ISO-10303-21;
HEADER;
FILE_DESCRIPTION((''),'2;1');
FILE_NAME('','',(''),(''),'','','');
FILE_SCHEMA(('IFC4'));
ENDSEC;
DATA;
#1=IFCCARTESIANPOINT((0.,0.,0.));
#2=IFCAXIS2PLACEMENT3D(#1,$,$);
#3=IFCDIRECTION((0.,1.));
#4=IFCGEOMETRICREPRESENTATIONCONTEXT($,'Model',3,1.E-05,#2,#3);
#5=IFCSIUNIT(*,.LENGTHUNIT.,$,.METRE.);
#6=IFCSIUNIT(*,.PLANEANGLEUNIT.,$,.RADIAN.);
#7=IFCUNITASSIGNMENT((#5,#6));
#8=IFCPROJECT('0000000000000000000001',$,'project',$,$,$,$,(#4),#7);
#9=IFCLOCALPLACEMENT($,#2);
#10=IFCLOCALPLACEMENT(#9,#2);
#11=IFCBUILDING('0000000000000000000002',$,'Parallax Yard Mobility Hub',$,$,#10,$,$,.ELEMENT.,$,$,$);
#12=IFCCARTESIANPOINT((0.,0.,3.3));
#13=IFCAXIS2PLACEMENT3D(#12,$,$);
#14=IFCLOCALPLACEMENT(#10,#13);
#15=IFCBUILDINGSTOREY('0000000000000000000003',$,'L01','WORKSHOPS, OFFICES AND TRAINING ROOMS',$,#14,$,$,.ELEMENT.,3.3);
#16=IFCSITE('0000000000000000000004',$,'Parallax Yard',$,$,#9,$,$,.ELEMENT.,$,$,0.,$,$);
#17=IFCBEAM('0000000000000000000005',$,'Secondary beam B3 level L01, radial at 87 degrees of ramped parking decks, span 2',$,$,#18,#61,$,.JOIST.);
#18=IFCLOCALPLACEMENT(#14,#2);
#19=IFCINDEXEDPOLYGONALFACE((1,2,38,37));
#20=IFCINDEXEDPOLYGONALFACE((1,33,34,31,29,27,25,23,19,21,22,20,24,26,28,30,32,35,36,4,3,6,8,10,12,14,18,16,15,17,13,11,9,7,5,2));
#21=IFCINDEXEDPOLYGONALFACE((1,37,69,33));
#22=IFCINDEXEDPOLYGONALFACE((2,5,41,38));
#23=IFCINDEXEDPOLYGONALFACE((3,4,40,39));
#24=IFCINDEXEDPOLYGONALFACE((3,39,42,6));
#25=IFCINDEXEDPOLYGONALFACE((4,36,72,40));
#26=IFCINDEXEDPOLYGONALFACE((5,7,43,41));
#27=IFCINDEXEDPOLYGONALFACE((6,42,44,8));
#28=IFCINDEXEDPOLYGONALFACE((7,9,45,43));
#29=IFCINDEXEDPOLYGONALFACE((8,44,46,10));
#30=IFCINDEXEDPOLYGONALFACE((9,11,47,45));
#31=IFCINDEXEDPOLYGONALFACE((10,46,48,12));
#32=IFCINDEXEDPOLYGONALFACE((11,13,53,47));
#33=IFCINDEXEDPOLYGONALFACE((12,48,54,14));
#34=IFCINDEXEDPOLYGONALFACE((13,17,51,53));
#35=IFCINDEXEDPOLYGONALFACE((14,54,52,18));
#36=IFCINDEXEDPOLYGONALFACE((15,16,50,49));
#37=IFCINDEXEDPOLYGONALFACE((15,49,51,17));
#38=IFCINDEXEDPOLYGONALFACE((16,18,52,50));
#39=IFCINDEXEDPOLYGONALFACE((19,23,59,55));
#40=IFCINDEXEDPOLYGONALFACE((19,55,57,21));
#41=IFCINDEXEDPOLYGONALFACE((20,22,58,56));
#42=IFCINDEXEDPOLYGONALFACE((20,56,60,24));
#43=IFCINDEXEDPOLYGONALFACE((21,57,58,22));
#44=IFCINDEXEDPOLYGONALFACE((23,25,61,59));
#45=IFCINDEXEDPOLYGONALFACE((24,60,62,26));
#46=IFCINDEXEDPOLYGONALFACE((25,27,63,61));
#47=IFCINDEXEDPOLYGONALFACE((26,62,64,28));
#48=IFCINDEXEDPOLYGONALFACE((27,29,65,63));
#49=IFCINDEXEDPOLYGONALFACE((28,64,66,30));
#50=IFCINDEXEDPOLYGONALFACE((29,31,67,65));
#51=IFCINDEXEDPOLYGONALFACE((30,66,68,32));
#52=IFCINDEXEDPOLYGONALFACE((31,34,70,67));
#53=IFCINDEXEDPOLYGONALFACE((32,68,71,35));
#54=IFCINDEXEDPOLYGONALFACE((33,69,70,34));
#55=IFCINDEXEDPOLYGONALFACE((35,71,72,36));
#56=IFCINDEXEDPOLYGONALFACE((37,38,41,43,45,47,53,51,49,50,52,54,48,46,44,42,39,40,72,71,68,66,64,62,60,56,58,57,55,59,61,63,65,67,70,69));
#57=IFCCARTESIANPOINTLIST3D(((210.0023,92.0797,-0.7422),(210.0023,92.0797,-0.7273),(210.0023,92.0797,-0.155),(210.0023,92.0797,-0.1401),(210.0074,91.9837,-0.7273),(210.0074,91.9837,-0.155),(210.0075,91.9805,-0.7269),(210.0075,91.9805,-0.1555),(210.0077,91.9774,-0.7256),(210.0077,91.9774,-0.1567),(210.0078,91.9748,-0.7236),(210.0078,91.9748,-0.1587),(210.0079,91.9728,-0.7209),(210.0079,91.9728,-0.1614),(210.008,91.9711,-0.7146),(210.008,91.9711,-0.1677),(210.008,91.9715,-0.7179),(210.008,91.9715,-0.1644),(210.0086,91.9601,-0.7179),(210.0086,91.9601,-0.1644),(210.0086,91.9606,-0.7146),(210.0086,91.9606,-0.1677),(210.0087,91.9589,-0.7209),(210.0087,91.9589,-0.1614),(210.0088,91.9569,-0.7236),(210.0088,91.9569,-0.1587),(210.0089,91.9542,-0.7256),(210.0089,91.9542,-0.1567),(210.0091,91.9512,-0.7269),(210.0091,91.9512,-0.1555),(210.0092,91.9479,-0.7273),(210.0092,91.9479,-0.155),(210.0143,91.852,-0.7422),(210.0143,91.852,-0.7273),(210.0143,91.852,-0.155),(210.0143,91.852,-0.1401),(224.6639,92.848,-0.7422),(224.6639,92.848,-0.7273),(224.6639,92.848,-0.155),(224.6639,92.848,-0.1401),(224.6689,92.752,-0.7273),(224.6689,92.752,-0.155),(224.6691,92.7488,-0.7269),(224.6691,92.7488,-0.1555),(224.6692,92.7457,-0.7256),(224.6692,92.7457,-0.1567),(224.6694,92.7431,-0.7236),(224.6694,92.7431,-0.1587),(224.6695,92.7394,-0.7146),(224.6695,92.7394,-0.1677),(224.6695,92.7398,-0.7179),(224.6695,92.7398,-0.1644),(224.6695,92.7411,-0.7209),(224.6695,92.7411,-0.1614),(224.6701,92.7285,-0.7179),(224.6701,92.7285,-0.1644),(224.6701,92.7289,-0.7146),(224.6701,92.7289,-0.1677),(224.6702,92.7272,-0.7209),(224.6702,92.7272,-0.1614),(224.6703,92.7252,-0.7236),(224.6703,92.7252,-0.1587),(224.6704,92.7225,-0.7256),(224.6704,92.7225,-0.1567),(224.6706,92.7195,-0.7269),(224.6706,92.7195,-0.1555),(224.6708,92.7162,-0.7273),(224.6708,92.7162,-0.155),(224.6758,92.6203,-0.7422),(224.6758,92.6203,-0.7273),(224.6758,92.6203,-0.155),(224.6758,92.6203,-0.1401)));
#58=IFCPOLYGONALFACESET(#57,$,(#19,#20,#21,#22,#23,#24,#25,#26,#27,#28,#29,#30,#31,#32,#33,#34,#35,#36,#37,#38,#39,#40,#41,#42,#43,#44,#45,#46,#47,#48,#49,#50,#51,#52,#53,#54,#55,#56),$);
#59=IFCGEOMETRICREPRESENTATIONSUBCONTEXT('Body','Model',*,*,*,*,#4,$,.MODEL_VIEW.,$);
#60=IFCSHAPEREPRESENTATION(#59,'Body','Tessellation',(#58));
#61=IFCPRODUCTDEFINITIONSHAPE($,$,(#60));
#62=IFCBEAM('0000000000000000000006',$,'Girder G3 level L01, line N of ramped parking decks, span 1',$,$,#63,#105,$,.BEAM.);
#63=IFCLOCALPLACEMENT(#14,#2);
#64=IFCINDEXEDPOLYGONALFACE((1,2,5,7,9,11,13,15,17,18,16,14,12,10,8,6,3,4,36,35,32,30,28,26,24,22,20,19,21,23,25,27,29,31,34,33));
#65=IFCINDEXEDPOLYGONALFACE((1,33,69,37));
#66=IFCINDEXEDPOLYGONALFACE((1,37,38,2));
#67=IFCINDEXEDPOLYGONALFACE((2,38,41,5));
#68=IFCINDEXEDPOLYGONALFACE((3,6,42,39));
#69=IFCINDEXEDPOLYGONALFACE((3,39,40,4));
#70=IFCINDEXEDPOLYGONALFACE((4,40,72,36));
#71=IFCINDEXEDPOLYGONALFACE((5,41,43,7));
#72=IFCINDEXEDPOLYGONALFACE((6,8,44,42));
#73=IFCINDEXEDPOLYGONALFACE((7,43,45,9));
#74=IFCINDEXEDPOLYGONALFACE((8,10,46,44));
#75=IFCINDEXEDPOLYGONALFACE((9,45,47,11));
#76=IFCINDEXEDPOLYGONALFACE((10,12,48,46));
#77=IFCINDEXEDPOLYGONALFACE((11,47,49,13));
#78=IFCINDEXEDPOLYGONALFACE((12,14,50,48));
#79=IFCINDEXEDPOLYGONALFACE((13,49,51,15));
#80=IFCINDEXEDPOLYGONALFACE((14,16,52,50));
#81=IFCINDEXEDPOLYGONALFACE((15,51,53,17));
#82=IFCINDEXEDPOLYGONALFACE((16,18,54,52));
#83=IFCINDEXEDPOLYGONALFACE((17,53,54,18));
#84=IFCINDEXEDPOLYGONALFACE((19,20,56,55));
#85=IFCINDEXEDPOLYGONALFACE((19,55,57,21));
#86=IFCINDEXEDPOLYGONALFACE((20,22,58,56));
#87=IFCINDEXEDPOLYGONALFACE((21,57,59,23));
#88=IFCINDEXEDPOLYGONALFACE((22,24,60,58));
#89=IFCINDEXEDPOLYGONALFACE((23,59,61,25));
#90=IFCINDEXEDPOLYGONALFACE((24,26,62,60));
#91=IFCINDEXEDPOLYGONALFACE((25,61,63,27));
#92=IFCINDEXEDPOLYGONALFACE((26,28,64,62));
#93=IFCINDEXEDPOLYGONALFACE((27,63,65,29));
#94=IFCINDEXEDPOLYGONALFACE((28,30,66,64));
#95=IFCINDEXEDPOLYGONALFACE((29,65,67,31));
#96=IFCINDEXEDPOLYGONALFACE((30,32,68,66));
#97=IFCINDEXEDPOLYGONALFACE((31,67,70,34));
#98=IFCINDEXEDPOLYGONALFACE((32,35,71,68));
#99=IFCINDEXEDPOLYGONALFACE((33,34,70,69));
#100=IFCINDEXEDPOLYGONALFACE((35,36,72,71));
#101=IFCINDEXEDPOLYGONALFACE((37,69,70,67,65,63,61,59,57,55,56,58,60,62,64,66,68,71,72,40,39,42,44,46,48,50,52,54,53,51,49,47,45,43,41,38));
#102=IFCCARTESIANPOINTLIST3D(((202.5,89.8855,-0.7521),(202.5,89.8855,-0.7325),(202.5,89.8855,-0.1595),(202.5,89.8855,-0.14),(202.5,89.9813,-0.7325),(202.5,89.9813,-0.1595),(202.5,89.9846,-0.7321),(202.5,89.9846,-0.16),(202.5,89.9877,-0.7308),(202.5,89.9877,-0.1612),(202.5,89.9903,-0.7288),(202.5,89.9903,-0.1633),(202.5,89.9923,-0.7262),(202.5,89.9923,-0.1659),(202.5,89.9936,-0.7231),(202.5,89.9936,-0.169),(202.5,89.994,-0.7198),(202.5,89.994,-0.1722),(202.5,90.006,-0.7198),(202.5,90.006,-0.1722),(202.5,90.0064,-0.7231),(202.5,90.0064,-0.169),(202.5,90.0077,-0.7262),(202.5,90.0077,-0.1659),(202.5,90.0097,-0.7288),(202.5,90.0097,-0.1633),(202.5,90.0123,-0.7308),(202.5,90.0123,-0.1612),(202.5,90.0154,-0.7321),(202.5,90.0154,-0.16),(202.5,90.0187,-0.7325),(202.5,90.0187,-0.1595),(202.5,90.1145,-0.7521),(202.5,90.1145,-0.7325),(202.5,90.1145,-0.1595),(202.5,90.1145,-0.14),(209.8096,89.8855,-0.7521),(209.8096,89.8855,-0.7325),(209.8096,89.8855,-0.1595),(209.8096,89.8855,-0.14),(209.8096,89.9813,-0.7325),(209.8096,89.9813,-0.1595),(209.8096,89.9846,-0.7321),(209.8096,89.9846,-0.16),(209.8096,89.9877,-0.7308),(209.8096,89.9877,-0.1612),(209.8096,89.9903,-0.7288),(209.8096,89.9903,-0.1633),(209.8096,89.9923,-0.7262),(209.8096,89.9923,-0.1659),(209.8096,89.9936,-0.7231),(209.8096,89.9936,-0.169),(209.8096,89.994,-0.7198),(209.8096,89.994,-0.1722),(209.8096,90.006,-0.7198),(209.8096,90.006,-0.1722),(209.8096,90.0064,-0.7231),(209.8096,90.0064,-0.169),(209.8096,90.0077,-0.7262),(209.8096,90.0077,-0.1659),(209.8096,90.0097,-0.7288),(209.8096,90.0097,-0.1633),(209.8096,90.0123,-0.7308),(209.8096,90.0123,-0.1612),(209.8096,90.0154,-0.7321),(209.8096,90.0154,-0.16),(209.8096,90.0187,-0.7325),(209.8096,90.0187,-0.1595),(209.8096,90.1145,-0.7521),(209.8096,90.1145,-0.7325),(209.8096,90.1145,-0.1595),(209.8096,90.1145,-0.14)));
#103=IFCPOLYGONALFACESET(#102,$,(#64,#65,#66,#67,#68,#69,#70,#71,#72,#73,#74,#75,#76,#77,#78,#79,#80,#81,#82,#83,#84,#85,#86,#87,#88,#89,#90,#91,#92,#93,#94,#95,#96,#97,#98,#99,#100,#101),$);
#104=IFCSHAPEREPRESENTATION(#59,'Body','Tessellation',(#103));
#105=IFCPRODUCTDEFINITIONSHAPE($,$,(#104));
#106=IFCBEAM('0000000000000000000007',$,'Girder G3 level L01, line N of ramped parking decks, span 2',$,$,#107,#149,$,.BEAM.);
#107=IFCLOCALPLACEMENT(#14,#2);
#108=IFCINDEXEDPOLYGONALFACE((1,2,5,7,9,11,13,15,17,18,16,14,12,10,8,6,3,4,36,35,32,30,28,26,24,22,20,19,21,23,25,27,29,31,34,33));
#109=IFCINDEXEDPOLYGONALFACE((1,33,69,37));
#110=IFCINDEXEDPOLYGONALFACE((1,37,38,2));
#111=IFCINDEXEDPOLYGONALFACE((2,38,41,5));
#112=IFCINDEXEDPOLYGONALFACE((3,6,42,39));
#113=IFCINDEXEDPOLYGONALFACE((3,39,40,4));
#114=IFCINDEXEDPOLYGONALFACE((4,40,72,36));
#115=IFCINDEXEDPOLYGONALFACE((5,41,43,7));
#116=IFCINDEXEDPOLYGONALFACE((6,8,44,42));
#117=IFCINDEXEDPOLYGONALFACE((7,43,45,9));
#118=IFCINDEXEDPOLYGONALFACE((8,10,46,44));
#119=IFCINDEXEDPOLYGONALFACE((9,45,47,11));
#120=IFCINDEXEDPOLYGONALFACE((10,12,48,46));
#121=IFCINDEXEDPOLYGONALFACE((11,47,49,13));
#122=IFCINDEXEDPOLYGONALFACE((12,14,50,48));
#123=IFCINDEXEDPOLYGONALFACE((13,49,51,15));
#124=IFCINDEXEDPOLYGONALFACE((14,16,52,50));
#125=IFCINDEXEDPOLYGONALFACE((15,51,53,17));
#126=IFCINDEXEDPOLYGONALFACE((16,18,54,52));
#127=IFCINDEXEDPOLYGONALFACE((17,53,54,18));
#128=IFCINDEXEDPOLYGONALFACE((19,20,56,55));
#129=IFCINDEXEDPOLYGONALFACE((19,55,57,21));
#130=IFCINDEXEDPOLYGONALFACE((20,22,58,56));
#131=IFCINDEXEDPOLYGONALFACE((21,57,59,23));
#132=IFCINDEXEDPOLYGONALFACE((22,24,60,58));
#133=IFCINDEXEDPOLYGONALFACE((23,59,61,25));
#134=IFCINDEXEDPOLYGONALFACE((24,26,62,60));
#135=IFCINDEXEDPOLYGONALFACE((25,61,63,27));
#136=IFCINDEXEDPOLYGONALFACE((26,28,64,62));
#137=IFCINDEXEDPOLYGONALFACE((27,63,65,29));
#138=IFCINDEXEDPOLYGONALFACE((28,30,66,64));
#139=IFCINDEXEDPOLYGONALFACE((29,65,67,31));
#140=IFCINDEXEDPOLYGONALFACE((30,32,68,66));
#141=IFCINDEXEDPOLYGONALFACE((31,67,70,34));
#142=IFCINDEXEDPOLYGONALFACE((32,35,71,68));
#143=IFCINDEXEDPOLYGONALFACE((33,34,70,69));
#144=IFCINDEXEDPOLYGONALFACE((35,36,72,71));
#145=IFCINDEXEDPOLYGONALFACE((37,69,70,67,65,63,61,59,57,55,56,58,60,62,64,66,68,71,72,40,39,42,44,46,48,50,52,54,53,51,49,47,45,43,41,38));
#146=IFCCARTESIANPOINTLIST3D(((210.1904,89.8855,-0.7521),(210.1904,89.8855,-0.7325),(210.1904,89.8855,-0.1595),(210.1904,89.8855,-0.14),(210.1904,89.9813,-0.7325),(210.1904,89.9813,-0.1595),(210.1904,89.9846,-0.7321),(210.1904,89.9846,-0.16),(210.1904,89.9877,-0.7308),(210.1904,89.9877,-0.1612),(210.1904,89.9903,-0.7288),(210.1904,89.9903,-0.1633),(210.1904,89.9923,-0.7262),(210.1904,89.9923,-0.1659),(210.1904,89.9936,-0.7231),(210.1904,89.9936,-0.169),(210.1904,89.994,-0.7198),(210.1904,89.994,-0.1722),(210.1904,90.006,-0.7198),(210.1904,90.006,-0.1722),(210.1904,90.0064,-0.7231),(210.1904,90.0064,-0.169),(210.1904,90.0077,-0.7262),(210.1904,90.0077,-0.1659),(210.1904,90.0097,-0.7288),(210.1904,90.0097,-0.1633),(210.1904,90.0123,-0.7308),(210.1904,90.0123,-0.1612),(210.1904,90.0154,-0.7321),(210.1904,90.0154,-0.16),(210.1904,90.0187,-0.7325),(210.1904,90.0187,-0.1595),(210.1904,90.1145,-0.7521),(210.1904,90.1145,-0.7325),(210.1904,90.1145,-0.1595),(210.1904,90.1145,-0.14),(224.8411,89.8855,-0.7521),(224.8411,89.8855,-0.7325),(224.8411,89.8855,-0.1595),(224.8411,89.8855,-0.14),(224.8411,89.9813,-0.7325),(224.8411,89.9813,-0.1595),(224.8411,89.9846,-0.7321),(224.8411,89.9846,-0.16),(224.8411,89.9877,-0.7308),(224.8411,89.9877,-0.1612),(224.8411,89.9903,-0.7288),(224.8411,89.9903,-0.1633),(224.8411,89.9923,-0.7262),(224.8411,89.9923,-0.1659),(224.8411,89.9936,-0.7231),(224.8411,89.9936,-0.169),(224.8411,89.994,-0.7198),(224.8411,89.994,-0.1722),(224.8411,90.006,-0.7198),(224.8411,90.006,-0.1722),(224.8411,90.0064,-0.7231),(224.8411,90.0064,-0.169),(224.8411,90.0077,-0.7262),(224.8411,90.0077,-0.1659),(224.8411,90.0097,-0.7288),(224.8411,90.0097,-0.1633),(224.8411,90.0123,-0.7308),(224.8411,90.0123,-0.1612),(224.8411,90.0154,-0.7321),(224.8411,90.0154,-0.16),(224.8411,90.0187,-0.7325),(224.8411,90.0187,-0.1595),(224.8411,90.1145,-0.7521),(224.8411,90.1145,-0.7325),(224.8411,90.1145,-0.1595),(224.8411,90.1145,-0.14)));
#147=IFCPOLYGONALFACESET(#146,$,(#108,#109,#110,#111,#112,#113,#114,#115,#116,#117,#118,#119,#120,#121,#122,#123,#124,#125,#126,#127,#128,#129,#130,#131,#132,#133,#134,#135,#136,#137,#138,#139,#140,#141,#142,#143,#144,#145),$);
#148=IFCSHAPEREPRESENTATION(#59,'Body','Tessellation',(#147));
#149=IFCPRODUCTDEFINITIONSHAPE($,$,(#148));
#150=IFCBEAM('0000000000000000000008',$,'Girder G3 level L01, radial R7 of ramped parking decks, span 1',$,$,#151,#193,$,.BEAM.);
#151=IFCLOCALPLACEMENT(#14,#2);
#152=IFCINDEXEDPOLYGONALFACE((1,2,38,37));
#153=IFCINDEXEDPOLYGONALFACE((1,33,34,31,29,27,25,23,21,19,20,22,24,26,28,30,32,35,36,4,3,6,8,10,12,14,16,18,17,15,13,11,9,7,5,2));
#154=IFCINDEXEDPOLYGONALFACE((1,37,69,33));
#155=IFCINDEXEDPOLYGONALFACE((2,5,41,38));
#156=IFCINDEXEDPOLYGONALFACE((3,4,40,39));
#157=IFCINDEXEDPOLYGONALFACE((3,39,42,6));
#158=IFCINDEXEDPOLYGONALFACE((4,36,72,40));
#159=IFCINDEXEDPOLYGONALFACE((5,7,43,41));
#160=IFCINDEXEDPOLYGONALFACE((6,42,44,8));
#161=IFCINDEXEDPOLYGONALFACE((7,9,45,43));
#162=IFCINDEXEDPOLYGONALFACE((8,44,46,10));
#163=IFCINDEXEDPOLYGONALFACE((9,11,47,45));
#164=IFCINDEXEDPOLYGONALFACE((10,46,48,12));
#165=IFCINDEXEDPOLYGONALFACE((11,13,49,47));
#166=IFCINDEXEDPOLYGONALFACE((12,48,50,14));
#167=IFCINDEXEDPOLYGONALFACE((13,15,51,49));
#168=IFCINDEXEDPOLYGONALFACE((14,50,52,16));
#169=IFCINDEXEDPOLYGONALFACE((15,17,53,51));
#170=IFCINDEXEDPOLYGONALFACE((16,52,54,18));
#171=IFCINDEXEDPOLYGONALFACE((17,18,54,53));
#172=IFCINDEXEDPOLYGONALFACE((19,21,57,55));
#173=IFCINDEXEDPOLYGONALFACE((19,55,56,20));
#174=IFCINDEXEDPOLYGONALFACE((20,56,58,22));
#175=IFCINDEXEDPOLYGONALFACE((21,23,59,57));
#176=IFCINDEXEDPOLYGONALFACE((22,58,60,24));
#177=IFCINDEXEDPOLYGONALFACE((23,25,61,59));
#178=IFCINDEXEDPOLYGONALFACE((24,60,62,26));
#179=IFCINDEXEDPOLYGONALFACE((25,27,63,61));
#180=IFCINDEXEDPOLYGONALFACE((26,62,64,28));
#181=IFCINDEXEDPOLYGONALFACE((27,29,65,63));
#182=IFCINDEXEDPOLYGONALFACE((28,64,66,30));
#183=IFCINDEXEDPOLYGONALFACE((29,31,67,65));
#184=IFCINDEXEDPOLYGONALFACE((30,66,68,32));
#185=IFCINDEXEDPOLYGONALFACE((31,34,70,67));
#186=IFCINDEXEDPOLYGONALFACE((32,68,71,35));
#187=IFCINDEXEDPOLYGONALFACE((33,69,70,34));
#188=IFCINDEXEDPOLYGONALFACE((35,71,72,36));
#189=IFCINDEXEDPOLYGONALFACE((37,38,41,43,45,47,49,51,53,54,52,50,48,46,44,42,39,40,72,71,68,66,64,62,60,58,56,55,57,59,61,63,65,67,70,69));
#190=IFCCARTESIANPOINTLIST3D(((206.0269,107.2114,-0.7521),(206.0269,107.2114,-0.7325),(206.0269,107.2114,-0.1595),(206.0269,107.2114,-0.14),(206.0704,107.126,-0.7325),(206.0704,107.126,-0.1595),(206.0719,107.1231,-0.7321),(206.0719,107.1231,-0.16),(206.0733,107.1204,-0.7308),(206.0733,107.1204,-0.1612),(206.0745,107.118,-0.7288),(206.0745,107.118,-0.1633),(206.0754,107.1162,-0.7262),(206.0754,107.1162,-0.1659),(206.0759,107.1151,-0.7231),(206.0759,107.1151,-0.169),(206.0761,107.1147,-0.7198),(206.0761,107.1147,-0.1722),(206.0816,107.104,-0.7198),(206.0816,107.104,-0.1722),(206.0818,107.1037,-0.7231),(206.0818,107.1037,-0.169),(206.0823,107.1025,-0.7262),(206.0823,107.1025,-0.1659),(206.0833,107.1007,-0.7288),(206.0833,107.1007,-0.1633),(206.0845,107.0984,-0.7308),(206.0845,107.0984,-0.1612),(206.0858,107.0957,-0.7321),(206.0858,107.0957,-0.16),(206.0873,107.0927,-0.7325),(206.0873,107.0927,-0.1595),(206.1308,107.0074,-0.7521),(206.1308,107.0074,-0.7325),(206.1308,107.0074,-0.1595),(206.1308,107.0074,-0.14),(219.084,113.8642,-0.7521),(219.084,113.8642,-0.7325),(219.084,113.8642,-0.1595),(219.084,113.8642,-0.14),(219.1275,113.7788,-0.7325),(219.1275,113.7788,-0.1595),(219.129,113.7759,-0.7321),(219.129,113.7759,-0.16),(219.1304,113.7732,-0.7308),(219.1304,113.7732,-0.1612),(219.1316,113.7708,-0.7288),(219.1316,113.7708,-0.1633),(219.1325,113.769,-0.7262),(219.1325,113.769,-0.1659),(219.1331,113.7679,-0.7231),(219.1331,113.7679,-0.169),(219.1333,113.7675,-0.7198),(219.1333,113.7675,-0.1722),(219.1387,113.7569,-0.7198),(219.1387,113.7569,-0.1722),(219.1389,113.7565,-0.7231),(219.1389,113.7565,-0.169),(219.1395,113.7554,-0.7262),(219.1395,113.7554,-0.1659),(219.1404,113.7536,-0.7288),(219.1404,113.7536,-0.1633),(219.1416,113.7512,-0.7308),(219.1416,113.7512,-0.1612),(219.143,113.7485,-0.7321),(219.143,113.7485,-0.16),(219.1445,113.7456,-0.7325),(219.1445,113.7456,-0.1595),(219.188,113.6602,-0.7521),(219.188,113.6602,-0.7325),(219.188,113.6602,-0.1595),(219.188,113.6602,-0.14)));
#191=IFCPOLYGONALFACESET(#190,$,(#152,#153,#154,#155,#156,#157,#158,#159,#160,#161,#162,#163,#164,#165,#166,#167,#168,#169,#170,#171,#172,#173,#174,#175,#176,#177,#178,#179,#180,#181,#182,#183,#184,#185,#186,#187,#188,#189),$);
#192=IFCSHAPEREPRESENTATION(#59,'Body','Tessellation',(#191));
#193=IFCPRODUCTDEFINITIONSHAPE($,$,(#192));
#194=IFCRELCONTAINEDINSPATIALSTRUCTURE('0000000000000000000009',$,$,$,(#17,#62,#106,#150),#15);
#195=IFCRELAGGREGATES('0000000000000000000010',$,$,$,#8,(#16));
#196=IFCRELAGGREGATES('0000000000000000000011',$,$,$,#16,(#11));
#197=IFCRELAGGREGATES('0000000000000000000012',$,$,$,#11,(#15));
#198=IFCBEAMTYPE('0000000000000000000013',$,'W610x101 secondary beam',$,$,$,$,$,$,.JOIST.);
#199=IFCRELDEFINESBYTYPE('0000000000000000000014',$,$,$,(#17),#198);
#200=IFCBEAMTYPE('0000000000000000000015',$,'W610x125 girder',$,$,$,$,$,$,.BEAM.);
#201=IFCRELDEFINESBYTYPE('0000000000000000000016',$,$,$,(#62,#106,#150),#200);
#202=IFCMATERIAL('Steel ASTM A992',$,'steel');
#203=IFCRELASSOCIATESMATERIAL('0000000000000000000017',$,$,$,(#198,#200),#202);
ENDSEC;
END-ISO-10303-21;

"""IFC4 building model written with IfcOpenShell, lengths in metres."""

from ifc_helpers import new_model, si_unit, direction, frame, origin, origin_2d, place, context, subcontext, project, spatial, i_section, extrude, material, material_profile, profile_set, type_object, element, save


model = new_model("IFC4")

# Units and contexts
model_context = context("Model", 3, precision=1e-05, world=origin(), true_north=direction((0.0, 1.0)))
body_context = subcontext(model_context, "Body", "Model", "MODEL_VIEW")
ifc_project = project(units=[si_unit("LENGTHUNIT", "METRE"), si_unit("PLANEANGLEUNIT", "RADIAN")], contexts=[model_context])

# Site, building, storey
site_placement = place(None, origin())
site = spatial("IfcSite", under=ifc_project, at=site_placement, Name="Parallax Yard", CompositionType="ELEMENT", RefElevation=0.0)
building_placement = place(site_placement, origin())
building = spatial("IfcBuilding", under=site, at=building_placement, Name="Parallax Yard Mobility Hub", CompositionType="ELEMENT")
storey_placement = place(building_placement, frame((0.0, 0.0, 3.3)))
storey = spatial("IfcBuildingStorey", under=building, at=storey_placement, Name="L01", Description="WORKSHOPS, OFFICES AND TRAINING ROOMS", CompositionType="ELEMENT", Elevation=3.3)

# Shared definitions
ifc_material_1 = material(Name="Steel ASTM A992", Category="steel")

# Beams
ifc_material_profile_1 = material_profile(ifc_material_1, i_section(OverallWidth=0.228, OverallDepth=0.6021, WebThickness=0.0105, FlangeThickness=0.0149, FilletRadius=0.0127, at=origin_2d()), Name="W610x101")
ifc_profile_set_1 = profile_set([ifc_material_profile_1], Name="Steel ASTM A992")
beam_type_1 = type_object("IfcBeamType", Name="W610x101 secondary beam", PredefinedType="JOIST", material=ifc_profile_set_1)
for number, where, z_axis, x_axis, name in (
    (1, (210.0083, 91.9658, -0.4412), (0.99863, 0.052331, 0.0), (-0.052331, 0.99863, 0.0), "Secondary beam B3 level L01, radial at 87 degrees of ramped parking decks, span 2"),
):
    element("IfcBeam", number, at=place(storey_placement, frame(where, z_axis=z_axis, x_axis=x_axis)), inside=storey, type_object=beam_type_1, Name=name, PredefinedType="JOIST", context=body_context, shape_type="SweptSolid", body=[
        extrude(i_section(OverallWidth=0.228, OverallDepth=0.6021, WebThickness=0.0105, FlangeThickness=0.0149, FilletRadius=0.0127, at=origin_2d()), origin(), (0.0, 0.0, 1.0), 14.6816),
    ])
ifc_material_profile_2 = material_profile(ifc_material_1, i_section(OverallWidth=0.229, OverallDepth=0.6121, WebThickness=0.012, FlangeThickness=0.0195, FilletRadius=0.0127, at=origin_2d()), Name="W610x125")
ifc_profile_set_2 = profile_set([ifc_material_profile_2], Name="Steel ASTM A992")
beam_type_2 = type_object("IfcBeamType", Name="W610x125 girder", PredefinedType="BEAM", material=ifc_profile_set_2)
beam_1_placement = place(storey_placement, frame((202.5, 90.0, -0.446), z_axis=(1.0, 0.0, 0.0), x_axis=(0.0, 1.0, 0.0)))
element("IfcBeam", 2, at=beam_1_placement, inside=storey, type_object=beam_type_2, Name="Girder G3 level L01, line N of ramped parking decks, span 1", PredefinedType="BEAM", context=body_context, shape_type="SweptSolid", body=[
    extrude(i_section(OverallWidth=0.229, OverallDepth=0.6121, WebThickness=0.012, FlangeThickness=0.0195, FilletRadius=0.0127, at=origin_2d()), origin(), (0.0, 0.0, 1.0), 7.3096),
])
beam_2_placement = place(storey_placement, frame((210.1904, 90.0, -0.446), z_axis=(1.0, 0.0, 0.0), x_axis=(0.0, 1.0, 0.0)))
element("IfcBeam", 3, at=beam_2_placement, inside=storey, type_object=beam_type_2, Name="Girder G3 level L01, line N of ramped parking decks, span 2", PredefinedType="BEAM", context=body_context, shape_type="SweptSolid", body=[
    extrude(i_section(OverallWidth=0.229, OverallDepth=0.6121, WebThickness=0.012, FlangeThickness=0.0195, FilletRadius=0.0127, at=origin_2d()), origin(), (0.0, 0.0, 1.0), 14.6506),
])
beam_3_placement = place(storey_placement, frame((206.0789, 107.1094, -0.446), z_axis=(0.891009, 0.453985, 0.0), x_axis=(-0.453985, 0.891009, 0.0)))
element("IfcBeam", 4, at=beam_3_placement, inside=storey, type_object=beam_type_2, Name="Girder G3 level L01, radial R7 of ramped parking decks, span 1", PredefinedType="BEAM", context=body_context, shape_type="SweptSolid", body=[
    extrude(i_section(OverallWidth=0.229, OverallDepth=0.6121, WebThickness=0.012, FlangeThickness=0.0195, FilletRadius=0.0127, at=origin_2d()), origin(), (0.0, 0.0, 1.0), 14.6543),
])

save(model, "model.ifc")
